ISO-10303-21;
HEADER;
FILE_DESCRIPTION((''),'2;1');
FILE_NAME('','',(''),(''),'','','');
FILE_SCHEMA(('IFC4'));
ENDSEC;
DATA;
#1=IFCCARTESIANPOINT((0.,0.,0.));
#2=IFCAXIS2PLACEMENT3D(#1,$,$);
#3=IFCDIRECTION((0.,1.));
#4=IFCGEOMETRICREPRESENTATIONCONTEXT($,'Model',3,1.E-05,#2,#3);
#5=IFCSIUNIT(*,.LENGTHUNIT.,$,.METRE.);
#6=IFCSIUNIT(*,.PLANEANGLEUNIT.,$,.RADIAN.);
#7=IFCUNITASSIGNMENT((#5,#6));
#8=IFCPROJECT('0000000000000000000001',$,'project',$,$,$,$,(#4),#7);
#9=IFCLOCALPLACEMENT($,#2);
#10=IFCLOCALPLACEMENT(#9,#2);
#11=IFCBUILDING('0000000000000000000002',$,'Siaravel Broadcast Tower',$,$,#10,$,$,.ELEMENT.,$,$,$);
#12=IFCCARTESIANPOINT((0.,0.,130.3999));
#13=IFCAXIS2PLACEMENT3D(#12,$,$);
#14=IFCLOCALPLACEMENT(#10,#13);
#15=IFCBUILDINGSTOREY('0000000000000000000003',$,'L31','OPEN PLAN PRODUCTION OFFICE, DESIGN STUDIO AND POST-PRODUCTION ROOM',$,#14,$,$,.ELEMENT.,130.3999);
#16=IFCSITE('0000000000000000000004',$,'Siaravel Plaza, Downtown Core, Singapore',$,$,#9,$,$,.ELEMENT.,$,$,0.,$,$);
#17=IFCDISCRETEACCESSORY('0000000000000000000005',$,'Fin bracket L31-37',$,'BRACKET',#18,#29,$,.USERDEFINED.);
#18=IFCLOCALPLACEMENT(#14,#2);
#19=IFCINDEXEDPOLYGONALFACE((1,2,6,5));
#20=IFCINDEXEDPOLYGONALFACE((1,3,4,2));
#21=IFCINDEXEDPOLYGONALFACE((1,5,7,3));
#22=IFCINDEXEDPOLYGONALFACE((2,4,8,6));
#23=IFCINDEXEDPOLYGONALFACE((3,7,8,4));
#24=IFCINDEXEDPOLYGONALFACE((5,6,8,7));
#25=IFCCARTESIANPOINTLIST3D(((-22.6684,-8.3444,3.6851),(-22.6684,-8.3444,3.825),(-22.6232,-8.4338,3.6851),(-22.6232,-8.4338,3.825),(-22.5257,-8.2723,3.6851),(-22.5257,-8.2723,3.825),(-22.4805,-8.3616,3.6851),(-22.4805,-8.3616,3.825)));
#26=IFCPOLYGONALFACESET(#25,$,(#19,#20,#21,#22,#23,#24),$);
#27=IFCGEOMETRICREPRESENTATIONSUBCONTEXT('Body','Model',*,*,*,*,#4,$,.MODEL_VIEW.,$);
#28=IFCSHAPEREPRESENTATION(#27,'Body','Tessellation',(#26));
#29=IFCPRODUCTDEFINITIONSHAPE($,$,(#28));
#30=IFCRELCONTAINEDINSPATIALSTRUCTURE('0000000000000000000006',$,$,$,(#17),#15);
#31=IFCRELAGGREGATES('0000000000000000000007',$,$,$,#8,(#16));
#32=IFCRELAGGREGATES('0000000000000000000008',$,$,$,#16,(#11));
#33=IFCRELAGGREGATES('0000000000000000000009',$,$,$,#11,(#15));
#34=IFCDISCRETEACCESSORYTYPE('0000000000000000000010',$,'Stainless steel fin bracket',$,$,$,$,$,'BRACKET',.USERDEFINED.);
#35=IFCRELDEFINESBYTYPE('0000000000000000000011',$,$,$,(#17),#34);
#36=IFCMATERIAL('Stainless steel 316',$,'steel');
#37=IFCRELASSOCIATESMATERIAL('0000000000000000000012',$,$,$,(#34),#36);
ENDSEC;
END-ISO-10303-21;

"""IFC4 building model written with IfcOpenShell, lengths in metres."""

from ifc_helpers import new_model, si_unit, direction, frame, origin, origin_2d, place, context, subcontext, project, spatial, rectangle, extrude, material, type_object, element, save


model = new_model("IFC4")

# Units and contexts
model_context = context("Model", 3, precision=1e-05, world=origin(), true_north=direction((0.0, 1.0)))
body_context = subcontext(model_context, "Body", "Model", "MODEL_VIEW")
ifc_project = project(units=[si_unit("LENGTHUNIT", "METRE"), si_unit("PLANEANGLEUNIT", "RADIAN")], contexts=[model_context])

# Site, building, storey
site_placement = place(None, origin())
site = spatial("IfcSite", under=ifc_project, at=site_placement, Name="Siaravel Plaza, Downtown Core, Singapore", CompositionType="ELEMENT", RefElevation=0.0)
building_placement = place(site_placement, origin())
building = spatial("IfcBuilding", under=site, at=building_placement, Name="Siaravel Broadcast Tower", CompositionType="ELEMENT")
storey_placement = place(building_placement, frame((0.0, 0.0, 130.3999)))
storey = spatial("IfcBuildingStorey", under=building, at=storey_placement, Name="L31", Description="OPEN PLAN PRODUCTION OFFICE, DESIGN STUDIO AND POST-PRODUCTION ROOM", CompositionType="ELEMENT", Elevation=130.3999)

# Discrete accessory
ifc_material_1 = material(Name="Stainless steel 316", Category="steel")
discrete_accessory_type = type_object("IfcDiscreteAccessoryType", Name="Stainless steel fin bracket", ElementType="BRACKET", PredefinedType="USERDEFINED", material=ifc_material_1)
for number, where, z_axis, x_axis, name in (
    (1, (-22.5745, -8.353, 3.6851), (0.0, 0.0, 1.0), (-0.892393, -0.451259, 0.0), "Fin bracket L31-37"),
):
    element("IfcDiscreteAccessory", number, at=place(storey_placement, frame(where, z_axis=z_axis, x_axis=x_axis)), inside=storey, type_object=discrete_accessory_type, Name=name, ObjectType="BRACKET", PredefinedType="USERDEFINED", context=body_context, shape_type="SweptSolid", body=[
        extrude(rectangle(XDim=0.1599, YDim=0.1001, at=origin_2d()), origin(), (0.0, 0.0, 1.0), 0.1399),
    ])

save(model, "model.ifc")
